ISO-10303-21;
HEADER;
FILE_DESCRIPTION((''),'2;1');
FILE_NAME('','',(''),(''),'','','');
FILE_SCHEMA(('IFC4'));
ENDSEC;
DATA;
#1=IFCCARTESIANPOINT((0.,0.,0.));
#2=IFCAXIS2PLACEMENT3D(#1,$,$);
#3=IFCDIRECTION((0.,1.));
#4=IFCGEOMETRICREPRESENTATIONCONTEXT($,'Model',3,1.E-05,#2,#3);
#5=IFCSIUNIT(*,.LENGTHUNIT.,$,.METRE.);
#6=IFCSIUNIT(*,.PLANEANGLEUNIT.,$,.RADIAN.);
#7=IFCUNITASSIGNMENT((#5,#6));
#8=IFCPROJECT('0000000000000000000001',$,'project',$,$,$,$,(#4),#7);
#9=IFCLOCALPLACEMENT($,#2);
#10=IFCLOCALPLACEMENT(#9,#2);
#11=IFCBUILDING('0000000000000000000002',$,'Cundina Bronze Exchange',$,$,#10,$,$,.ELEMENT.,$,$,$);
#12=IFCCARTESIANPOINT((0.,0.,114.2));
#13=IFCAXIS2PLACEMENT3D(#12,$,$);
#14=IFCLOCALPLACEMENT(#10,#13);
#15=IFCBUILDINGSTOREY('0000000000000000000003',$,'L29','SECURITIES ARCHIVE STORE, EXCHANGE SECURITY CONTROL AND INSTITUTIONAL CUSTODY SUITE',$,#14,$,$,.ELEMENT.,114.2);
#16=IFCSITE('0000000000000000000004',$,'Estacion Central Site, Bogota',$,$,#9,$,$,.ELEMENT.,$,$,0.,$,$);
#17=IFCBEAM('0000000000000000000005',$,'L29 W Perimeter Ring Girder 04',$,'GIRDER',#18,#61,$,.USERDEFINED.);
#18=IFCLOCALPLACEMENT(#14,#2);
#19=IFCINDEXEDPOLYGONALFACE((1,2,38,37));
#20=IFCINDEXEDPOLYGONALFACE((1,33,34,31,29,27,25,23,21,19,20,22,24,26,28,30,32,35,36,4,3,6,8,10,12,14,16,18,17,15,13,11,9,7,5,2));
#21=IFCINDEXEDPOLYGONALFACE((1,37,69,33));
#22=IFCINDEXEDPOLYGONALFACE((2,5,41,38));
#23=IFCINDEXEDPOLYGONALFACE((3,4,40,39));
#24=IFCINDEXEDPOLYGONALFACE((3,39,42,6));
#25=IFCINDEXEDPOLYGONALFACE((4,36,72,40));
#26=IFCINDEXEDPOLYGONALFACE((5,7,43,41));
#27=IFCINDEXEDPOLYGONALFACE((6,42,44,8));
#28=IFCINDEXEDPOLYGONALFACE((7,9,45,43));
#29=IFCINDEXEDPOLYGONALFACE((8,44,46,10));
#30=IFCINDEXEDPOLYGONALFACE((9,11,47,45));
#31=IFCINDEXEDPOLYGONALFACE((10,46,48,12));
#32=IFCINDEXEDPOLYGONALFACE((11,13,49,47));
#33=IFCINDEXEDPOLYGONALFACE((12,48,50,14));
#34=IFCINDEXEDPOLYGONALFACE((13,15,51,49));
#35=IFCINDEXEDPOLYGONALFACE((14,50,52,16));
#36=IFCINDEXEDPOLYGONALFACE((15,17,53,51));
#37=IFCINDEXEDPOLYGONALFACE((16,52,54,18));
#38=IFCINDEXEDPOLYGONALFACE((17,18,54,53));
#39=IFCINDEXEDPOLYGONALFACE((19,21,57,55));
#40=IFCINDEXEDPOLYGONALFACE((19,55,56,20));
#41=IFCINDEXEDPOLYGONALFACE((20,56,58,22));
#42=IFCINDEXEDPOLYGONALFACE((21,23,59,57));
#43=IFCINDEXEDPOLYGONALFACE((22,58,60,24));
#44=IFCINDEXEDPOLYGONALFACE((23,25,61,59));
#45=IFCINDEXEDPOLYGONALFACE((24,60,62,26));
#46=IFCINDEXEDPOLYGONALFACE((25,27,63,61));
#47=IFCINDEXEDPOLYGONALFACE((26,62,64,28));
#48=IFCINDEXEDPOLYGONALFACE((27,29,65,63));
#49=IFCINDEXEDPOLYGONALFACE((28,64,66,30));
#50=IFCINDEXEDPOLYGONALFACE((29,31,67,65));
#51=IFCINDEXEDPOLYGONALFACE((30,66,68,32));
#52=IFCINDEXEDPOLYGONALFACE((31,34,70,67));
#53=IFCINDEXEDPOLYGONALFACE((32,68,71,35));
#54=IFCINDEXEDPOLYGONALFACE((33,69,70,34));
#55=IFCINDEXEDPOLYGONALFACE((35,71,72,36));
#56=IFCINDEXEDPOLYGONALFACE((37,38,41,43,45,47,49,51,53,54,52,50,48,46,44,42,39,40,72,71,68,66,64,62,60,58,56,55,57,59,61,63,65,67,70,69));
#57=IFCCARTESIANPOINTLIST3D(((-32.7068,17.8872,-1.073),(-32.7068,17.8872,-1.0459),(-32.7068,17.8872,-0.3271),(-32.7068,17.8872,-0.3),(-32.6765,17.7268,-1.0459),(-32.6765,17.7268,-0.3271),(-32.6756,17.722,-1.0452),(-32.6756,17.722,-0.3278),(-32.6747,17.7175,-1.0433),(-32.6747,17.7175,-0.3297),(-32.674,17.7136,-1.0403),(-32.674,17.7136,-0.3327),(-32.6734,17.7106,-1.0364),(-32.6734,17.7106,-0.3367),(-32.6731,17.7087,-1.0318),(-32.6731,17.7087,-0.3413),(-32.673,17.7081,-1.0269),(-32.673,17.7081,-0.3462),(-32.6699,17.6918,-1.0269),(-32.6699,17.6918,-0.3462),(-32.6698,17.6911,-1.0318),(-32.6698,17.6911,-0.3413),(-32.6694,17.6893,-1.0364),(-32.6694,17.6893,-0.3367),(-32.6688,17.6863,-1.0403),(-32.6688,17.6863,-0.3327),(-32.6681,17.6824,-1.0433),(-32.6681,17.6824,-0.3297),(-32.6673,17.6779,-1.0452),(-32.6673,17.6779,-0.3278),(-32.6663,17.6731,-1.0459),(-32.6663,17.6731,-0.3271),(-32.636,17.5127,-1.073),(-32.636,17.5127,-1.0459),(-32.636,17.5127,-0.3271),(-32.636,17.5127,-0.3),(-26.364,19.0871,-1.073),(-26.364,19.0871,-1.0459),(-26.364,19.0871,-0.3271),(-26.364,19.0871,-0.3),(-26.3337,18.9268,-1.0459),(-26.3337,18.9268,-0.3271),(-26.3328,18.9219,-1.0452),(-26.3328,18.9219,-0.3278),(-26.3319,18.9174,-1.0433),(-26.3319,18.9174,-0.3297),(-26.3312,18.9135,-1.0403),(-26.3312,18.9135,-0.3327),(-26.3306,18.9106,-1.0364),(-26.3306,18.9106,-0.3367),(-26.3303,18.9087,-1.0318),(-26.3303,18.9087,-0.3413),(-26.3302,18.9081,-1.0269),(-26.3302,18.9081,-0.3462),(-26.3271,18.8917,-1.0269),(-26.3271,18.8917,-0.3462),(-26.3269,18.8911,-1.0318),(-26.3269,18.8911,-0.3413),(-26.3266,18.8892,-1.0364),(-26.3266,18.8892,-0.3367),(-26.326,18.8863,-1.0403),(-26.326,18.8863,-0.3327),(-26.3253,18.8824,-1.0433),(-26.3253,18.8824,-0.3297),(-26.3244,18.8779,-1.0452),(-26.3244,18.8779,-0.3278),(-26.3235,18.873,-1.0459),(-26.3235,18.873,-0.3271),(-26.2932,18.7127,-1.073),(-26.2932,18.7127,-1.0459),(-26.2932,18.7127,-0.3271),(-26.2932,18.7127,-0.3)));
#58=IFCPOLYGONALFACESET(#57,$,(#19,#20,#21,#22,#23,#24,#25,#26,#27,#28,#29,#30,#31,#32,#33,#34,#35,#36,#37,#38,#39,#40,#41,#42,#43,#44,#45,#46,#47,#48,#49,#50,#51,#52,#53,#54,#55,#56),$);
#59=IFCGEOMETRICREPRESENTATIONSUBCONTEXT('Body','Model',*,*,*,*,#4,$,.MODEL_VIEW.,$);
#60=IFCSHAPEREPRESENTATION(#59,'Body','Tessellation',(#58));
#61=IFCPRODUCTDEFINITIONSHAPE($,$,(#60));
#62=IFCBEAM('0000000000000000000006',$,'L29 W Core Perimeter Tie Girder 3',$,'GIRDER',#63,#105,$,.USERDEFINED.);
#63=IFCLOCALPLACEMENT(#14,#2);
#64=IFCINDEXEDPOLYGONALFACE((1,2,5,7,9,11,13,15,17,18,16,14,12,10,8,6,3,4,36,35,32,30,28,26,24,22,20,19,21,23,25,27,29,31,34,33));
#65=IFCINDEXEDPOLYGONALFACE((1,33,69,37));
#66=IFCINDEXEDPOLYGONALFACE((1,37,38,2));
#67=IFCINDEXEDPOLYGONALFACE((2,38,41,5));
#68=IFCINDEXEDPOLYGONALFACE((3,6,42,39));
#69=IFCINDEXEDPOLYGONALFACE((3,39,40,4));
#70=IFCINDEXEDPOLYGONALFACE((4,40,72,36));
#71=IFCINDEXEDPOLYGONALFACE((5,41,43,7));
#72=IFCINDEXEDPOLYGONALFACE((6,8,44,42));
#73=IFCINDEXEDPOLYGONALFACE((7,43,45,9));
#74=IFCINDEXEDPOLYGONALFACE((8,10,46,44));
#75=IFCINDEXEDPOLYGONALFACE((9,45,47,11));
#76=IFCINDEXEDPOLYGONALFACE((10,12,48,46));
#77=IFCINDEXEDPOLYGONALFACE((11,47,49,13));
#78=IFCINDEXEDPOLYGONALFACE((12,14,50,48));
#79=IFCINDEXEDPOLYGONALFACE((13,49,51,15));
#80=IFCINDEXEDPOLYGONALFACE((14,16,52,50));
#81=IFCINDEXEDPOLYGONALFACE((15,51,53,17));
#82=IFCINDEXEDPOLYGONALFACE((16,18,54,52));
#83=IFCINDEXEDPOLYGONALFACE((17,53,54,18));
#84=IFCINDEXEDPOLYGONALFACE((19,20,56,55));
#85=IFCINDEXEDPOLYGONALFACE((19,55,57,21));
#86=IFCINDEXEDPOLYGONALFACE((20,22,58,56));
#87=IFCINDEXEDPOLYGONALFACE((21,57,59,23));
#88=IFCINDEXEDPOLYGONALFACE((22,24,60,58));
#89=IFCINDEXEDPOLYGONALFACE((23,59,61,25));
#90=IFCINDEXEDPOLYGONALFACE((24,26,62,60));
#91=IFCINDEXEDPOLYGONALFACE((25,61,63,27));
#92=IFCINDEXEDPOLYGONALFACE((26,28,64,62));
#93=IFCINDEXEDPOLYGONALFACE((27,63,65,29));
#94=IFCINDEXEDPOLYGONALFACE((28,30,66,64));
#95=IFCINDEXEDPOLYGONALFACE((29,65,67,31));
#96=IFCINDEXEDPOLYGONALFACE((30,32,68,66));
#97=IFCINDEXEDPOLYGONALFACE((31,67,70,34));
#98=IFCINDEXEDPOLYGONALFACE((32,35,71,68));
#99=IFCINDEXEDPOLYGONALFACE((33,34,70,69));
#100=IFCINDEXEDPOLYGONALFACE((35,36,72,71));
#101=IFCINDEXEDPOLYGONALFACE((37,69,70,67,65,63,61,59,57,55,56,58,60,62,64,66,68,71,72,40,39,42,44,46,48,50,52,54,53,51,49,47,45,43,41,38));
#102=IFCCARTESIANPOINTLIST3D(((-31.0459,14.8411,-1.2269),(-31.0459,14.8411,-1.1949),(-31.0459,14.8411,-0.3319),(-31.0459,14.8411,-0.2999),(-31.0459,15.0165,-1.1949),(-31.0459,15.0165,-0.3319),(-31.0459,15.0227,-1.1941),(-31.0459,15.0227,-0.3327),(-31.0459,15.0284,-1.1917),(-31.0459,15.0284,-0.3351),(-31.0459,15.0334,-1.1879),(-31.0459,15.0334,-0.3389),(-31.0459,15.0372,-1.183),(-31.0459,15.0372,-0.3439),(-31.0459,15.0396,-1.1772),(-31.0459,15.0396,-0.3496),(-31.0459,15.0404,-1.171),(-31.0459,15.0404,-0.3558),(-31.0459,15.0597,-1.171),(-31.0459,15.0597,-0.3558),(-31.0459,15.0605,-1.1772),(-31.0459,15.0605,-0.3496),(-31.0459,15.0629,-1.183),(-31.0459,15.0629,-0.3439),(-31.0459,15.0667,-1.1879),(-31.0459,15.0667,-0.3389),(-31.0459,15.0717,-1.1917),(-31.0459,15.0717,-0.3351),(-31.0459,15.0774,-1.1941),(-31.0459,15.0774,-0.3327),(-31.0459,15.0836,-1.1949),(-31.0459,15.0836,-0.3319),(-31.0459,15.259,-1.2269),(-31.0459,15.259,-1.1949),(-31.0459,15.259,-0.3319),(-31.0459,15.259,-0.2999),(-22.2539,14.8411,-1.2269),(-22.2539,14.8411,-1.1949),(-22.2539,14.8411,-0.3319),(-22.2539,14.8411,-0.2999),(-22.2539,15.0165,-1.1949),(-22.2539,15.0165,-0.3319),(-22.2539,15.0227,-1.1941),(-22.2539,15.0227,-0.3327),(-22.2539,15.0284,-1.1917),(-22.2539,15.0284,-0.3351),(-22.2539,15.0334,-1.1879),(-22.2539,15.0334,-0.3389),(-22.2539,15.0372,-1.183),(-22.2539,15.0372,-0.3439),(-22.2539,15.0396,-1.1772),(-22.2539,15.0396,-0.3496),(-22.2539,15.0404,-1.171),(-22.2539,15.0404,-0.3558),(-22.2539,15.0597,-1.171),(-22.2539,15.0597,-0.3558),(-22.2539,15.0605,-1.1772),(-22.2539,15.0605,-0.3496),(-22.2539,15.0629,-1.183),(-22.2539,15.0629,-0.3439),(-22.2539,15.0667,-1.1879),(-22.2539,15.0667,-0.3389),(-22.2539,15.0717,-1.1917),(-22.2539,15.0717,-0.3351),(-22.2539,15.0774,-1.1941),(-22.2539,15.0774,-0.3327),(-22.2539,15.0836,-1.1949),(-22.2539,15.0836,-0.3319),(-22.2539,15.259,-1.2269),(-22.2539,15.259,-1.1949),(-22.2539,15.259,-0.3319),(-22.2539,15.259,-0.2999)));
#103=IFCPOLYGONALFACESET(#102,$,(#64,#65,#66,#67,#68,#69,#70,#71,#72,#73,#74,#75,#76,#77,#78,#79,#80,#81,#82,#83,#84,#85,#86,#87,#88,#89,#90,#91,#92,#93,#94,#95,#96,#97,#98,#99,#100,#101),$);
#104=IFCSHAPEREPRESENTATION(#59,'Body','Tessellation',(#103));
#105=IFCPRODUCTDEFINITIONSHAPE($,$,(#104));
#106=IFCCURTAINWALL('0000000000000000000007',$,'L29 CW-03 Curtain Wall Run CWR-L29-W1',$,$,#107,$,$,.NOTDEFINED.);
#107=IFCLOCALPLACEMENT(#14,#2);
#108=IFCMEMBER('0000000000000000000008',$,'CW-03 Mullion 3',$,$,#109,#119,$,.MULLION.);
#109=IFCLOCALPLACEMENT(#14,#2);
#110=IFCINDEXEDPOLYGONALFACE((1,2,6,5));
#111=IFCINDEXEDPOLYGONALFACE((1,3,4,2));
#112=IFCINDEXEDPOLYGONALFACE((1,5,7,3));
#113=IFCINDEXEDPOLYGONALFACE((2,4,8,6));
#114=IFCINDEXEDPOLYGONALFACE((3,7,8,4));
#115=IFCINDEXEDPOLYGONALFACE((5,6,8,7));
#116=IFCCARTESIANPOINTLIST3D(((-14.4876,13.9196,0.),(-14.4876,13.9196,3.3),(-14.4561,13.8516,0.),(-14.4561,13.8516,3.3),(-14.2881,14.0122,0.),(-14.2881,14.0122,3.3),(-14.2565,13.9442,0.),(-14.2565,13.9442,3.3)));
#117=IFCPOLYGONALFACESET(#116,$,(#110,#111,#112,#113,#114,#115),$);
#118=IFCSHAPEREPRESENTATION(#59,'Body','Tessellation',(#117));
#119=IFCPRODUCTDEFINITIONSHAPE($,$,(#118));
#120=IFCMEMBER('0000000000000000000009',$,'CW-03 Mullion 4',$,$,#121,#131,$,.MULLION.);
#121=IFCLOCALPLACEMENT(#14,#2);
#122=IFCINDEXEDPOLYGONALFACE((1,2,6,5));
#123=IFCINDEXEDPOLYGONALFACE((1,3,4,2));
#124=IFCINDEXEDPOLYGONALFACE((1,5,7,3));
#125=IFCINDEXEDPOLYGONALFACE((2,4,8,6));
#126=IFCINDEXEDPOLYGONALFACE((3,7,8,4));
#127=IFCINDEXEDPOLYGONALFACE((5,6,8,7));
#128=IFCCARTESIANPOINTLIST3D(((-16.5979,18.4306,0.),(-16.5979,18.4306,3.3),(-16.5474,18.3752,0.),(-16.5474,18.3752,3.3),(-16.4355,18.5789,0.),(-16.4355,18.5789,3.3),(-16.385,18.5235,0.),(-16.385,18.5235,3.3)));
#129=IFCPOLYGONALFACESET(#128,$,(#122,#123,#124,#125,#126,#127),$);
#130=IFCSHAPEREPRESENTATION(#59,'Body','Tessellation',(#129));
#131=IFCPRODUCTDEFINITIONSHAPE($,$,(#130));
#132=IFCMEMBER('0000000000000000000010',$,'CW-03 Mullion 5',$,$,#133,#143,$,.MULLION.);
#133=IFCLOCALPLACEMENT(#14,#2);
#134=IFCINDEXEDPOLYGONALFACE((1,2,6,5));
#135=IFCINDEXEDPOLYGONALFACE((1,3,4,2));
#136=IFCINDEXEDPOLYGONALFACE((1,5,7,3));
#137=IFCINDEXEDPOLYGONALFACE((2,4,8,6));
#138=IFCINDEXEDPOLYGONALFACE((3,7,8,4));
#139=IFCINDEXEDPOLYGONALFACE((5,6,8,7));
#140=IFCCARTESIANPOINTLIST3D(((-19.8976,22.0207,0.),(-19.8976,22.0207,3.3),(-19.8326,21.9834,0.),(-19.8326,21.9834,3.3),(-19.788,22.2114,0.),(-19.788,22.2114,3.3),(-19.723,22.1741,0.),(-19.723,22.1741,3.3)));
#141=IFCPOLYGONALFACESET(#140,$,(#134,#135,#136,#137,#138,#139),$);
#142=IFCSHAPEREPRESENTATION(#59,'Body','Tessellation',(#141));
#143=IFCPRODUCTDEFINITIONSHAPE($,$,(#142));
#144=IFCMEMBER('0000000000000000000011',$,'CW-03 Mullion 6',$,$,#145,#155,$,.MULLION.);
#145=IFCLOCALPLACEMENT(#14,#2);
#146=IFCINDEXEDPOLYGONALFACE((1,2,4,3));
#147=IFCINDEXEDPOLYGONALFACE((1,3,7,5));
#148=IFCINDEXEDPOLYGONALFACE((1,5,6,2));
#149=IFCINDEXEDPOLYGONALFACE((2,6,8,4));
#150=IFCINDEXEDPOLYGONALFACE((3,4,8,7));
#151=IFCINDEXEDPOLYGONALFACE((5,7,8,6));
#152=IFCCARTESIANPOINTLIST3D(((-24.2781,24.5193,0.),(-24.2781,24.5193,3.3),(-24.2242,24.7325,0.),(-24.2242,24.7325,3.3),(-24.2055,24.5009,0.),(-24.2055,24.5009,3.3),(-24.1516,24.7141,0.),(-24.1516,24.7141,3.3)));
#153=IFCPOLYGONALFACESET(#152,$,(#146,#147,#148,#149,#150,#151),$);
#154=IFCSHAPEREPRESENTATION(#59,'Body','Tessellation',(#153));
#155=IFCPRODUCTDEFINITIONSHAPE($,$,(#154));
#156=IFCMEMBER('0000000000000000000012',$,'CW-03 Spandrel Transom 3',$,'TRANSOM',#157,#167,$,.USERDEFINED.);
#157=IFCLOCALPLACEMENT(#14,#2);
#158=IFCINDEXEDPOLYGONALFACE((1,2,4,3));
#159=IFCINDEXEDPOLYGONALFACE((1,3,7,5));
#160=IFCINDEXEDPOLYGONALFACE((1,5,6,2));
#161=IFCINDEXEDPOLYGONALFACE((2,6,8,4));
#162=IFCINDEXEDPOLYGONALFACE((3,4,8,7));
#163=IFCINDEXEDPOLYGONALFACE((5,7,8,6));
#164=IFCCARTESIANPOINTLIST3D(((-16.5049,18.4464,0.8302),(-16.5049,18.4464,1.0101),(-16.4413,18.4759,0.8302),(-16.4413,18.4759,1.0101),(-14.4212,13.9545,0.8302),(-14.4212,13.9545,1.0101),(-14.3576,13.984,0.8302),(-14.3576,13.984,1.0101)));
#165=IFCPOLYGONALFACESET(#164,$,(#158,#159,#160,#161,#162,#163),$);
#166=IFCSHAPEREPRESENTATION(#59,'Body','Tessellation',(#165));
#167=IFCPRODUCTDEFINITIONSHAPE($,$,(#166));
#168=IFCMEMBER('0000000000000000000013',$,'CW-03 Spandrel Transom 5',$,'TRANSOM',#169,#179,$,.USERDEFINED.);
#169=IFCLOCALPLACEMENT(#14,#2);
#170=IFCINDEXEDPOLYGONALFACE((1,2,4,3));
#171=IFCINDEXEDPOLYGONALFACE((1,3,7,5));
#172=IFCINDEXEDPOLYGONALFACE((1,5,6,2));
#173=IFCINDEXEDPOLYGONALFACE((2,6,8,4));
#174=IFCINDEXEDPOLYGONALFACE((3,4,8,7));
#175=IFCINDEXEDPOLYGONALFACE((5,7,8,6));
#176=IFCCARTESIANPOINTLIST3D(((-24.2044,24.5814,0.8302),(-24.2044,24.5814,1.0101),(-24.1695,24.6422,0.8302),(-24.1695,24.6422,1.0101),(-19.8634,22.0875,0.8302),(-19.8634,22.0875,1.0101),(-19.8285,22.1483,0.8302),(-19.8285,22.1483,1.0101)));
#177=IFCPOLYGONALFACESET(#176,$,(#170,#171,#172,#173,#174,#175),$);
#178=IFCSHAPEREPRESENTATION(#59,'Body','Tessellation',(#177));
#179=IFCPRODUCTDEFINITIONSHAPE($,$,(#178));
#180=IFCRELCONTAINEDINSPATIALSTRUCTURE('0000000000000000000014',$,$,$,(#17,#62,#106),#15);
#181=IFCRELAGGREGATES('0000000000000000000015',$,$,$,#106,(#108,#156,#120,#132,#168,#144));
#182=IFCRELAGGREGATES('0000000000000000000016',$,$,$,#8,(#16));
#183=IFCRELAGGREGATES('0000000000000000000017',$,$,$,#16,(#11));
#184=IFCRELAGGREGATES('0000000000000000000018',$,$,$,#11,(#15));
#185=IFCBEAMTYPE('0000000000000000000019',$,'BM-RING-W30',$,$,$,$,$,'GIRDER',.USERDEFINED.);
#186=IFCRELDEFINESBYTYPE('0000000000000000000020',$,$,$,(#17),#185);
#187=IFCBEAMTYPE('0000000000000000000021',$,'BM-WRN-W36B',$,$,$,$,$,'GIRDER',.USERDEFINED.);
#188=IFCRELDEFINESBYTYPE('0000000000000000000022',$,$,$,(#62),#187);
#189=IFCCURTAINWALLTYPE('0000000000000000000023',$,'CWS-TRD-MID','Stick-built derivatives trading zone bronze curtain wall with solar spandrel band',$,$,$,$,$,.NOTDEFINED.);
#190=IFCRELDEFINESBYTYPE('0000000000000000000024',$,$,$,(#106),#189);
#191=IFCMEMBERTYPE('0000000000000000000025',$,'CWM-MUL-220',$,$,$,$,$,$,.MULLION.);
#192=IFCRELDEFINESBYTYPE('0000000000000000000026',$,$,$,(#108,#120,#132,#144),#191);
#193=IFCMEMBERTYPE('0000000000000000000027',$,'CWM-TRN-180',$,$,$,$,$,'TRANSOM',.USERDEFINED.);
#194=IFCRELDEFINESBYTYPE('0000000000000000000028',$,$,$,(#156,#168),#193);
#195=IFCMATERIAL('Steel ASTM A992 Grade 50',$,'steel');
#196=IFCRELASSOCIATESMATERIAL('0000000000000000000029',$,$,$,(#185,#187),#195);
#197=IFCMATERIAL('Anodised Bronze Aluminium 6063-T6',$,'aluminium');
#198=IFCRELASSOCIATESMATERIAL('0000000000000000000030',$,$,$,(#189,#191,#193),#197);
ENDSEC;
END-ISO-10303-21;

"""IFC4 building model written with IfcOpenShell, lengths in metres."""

from ifc_helpers import new_model, si_unit, direction, frame, origin, origin_2d, place, context, subcontext, project, spatial, rectangle, i_section, extrude, material, material_profile, profile_set, type_object, element, aggregate, save


model = new_model("IFC4")

# Units and contexts
model_context = context("Model", 3, precision=1e-05, world=origin(), true_north=direction((0.0, 1.0)))
body_context = subcontext(model_context, "Body", "Model", "MODEL_VIEW")
ifc_project = project(units=[si_unit("LENGTHUNIT", "METRE"), si_unit("PLANEANGLEUNIT", "RADIAN")], contexts=[model_context])

# Site, building, storey
site_placement = place(None, origin())
site = spatial("IfcSite", under=ifc_project, at=site_placement, Name="Estacion Central Site, Bogota", CompositionType="ELEMENT", RefElevation=0.0)
building_placement = place(site_placement, origin())
building = spatial("IfcBuilding", under=site, at=building_placement, Name="Cundina Bronze Exchange", CompositionType="ELEMENT")
storey_placement = place(building_placement, frame((0.0, 0.0, 114.2)))
storey = spatial("IfcBuildingStorey", under=building, at=storey_placement, Name="L29", Description="SECURITIES ARCHIVE STORE, EXCHANGE SECURITY CONTROL AND INSTITUTIONAL CUSTODY SUITE", CompositionType="ELEMENT", Elevation=114.2)

# Shared definitions
ifc_material_1 = material(Name="Steel ASTM A992 Grade 50", Category="steel")

# Beams
ifc_material_profile_1 = material_profile(ifc_material_1, i_section(OverallWidth=0.3811, OverallDepth=0.7729, WebThickness=0.0166, FlangeThickness=0.0271, FilletRadius=0.019, at=origin_2d()), Name="W30X173", Category="steel")
ifc_profile_set_1 = profile_set([ifc_material_profile_1], Name="Steel ASTM A992 Grade 50")
beam_type_1 = type_object("IfcBeamType", Name="BM-RING-W30", ElementType="GIRDER", PredefinedType="USERDEFINED", material=ifc_profile_set_1)
beam_1_placement = place(storey_placement, frame((-26.3286, 18.8999, -0.6865), z_axis=(-0.982571, -0.185887, 0.0), x_axis=(0.185887, -0.982571, 0.0)))
element("IfcBeam", 1, at=beam_1_placement, inside=storey, type_object=beam_type_1, Name="L29 W Perimeter Ring Girder 04", ObjectType="GIRDER", PredefinedType="USERDEFINED", context=body_context, shape_type="SweptSolid", body=[
    extrude(i_section(OverallWidth=0.3811, OverallDepth=0.7729, WebThickness=0.0166, FlangeThickness=0.0271, FilletRadius=0.019, at=origin_2d()), origin(), (0.0, 0.0, 1.0), 6.4553),
])
ifc_material_profile_2 = material_profile(ifc_material_1, i_section(OverallWidth=0.418, OverallDepth=0.927, WebThickness=0.0193, FlangeThickness=0.032, FilletRadius=0.0239, at=origin_2d()), Name="W36X231", Category="steel")
ifc_profile_set_2 = profile_set([ifc_material_profile_2], Name="Steel ASTM A992 Grade 50")
beam_type_2 = type_object("IfcBeamType", Name="BM-WRN-W36B", ElementType="GIRDER", PredefinedType="USERDEFINED", material=ifc_profile_set_2)
beam_2_placement = place(storey_placement, frame((-22.2539, 15.05, -0.7634), z_axis=(-1.0, 0.0, 0.0), x_axis=(0.0, -1.0, 0.0)))
element("IfcBeam", 2, at=beam_2_placement, inside=storey, type_object=beam_type_2, Name="L29 W Core Perimeter Tie Girder 3", ObjectType="GIRDER", PredefinedType="USERDEFINED", context=body_context, shape_type="SweptSolid", body=[
    extrude(i_section(OverallWidth=0.418, OverallDepth=0.927, WebThickness=0.0193, FlangeThickness=0.032, FilletRadius=0.0239, at=origin_2d()), origin(), (0.0, 0.0, 1.0), 8.792),
])

# Curtain wall, members
ifc_material_2 = material(Name="Anodised Bronze Aluminium 6063-T6", Category="aluminium")
curtain_wall_type = type_object("IfcCurtainWallType", Name="CWS-TRD-MID", Description="Stick-built derivatives trading zone bronze curtain wall with solar spandrel band", PredefinedType="NOTDEFINED", material=ifc_material_2)
curtain_wall_placement = place(storey_placement, origin())
curtain_wall = element("IfcCurtainWall", 3, at=curtain_wall_placement, inside=storey, type_object=curtain_wall_type, Name="L29 CW-03 Curtain Wall Run CWR-L29-W1", PredefinedType="NOTDEFINED")
ifc_material_profile_3 = material_profile(ifc_material_2, rectangle(XDim=0.075, YDim=0.22, at=origin_2d()), Name="AL75X220", Category="aluminium")
ifc_profile_set_3 = profile_set([ifc_material_profile_3], Name="Anodised Bronze Aluminium 6063-T6")
member_type_1 = type_object("IfcMemberType", Name="CWM-MUL-220", PredefinedType="MULLION", material=ifc_profile_set_3)
member_1_placement = place(storey_placement, frame((-14.3721, 13.9319, 0.0), z_axis=(0.0, 0.0, 1.0), x_axis=(-0.420877, 0.907117, 0.0)))
member_1 = element("IfcMember", 4, at=member_1_placement, type_object=member_type_1, Name="CW-03 Mullion 3", PredefinedType="MULLION", context=body_context, shape_type="SweptSolid", body=[
    extrude(rectangle(XDim=0.075, YDim=0.22, at=origin_2d()), origin(), (0.0, 0.0, 1.0), 3.3),
])
member_2_placement = place(storey_placement, frame((-16.4915, 18.4771, 0.0), z_axis=(0.0, 0.0, 1.0), x_axis=(-0.674302, 0.738455, 0.0)))
member_2 = element("IfcMember", 5, at=member_2_placement, type_object=member_type_1, Name="CW-03 Mullion 4", PredefinedType="MULLION", context=body_context, shape_type="SweptSolid", body=[
    extrude(rectangle(XDim=0.075, YDim=0.22, at=origin_2d()), origin(), (0.0, 0.0, 1.0), 3.3),
])
member_3_placement = place(storey_placement, frame((-19.8103, 22.0974, 0.0), z_axis=(0.0, 0.0, 1.0), x_axis=(-0.867071, 0.498185, 0.0)))
member_3 = element("IfcMember", 6, at=member_3_placement, type_object=member_type_1, Name="CW-03 Mullion 5", PredefinedType="MULLION", context=body_context, shape_type="SweptSolid", body=[
    extrude(rectangle(XDim=0.075, YDim=0.22, at=origin_2d()), origin(), (0.0, 0.0, 1.0), 3.3),
])
member_4_placement = place(storey_placement, frame((-24.2148, 24.6167, 0.0), z_axis=(0.0, 0.0, 1.0), x_axis=(-0.969488, 0.245138, 0.0)))
member_4 = element("IfcMember", 7, at=member_4_placement, type_object=member_type_1, Name="CW-03 Mullion 6", PredefinedType="MULLION", context=body_context, shape_type="SweptSolid", body=[
    extrude(rectangle(XDim=0.075, YDim=0.22, at=origin_2d()), origin(), (0.0, 0.0, 1.0), 3.3),
])
ifc_material_profile_4 = material_profile(ifc_material_2, rectangle(XDim=0.0701, YDim=0.1799, at=origin_2d()), Name="AL70X180", Category="aluminium")
ifc_profile_set_4 = profile_set([ifc_material_profile_4], Name="Anodised Bronze Aluminium 6063-T6")
member_type_2 = type_object("IfcMemberType", Name="CWM-TRN-180", ElementType="TRANSOM", PredefinedType="USERDEFINED", material=ifc_profile_set_4)
member_5_placement = place(storey_placement, frame((-14.3894, 13.9692, 0.9202), z_axis=(-0.420811, 0.907148, 0.0), x_axis=(-0.907148, -0.420811, 0.0)))
member_5 = element("IfcMember", 8, at=member_5_placement, type_object=member_type_2, Name="CW-03 Spandrel Transom 3", ObjectType="TRANSOM", PredefinedType="USERDEFINED", context=body_context, shape_type="SweptSolid", body=[
    extrude(rectangle(XDim=0.0701, YDim=0.1799, at=origin_2d()), origin(), (0.0, 0.0, 1.0), 4.9517),
])
member_6_placement = place(storey_placement, frame((-19.8459, 22.1179, 0.9202), z_axis=(-0.867097, 0.498139, 0.0), x_axis=(-0.498139, -0.867097, 0.0)))
member_6 = element("IfcMember", 9, at=member_6_placement, type_object=member_type_2, Name="CW-03 Spandrel Transom 5", ObjectType="TRANSOM", PredefinedType="USERDEFINED", context=body_context, shape_type="SweptSolid", body=[
    extrude(rectangle(XDim=0.0701, YDim=0.1799, at=origin_2d()), origin(), (0.0, 0.0, 1.0), 5.0063),
])
aggregate(curtain_wall, [member_1, member_5, member_2, member_3, member_6, member_4])

save(model, "model.ifc")
